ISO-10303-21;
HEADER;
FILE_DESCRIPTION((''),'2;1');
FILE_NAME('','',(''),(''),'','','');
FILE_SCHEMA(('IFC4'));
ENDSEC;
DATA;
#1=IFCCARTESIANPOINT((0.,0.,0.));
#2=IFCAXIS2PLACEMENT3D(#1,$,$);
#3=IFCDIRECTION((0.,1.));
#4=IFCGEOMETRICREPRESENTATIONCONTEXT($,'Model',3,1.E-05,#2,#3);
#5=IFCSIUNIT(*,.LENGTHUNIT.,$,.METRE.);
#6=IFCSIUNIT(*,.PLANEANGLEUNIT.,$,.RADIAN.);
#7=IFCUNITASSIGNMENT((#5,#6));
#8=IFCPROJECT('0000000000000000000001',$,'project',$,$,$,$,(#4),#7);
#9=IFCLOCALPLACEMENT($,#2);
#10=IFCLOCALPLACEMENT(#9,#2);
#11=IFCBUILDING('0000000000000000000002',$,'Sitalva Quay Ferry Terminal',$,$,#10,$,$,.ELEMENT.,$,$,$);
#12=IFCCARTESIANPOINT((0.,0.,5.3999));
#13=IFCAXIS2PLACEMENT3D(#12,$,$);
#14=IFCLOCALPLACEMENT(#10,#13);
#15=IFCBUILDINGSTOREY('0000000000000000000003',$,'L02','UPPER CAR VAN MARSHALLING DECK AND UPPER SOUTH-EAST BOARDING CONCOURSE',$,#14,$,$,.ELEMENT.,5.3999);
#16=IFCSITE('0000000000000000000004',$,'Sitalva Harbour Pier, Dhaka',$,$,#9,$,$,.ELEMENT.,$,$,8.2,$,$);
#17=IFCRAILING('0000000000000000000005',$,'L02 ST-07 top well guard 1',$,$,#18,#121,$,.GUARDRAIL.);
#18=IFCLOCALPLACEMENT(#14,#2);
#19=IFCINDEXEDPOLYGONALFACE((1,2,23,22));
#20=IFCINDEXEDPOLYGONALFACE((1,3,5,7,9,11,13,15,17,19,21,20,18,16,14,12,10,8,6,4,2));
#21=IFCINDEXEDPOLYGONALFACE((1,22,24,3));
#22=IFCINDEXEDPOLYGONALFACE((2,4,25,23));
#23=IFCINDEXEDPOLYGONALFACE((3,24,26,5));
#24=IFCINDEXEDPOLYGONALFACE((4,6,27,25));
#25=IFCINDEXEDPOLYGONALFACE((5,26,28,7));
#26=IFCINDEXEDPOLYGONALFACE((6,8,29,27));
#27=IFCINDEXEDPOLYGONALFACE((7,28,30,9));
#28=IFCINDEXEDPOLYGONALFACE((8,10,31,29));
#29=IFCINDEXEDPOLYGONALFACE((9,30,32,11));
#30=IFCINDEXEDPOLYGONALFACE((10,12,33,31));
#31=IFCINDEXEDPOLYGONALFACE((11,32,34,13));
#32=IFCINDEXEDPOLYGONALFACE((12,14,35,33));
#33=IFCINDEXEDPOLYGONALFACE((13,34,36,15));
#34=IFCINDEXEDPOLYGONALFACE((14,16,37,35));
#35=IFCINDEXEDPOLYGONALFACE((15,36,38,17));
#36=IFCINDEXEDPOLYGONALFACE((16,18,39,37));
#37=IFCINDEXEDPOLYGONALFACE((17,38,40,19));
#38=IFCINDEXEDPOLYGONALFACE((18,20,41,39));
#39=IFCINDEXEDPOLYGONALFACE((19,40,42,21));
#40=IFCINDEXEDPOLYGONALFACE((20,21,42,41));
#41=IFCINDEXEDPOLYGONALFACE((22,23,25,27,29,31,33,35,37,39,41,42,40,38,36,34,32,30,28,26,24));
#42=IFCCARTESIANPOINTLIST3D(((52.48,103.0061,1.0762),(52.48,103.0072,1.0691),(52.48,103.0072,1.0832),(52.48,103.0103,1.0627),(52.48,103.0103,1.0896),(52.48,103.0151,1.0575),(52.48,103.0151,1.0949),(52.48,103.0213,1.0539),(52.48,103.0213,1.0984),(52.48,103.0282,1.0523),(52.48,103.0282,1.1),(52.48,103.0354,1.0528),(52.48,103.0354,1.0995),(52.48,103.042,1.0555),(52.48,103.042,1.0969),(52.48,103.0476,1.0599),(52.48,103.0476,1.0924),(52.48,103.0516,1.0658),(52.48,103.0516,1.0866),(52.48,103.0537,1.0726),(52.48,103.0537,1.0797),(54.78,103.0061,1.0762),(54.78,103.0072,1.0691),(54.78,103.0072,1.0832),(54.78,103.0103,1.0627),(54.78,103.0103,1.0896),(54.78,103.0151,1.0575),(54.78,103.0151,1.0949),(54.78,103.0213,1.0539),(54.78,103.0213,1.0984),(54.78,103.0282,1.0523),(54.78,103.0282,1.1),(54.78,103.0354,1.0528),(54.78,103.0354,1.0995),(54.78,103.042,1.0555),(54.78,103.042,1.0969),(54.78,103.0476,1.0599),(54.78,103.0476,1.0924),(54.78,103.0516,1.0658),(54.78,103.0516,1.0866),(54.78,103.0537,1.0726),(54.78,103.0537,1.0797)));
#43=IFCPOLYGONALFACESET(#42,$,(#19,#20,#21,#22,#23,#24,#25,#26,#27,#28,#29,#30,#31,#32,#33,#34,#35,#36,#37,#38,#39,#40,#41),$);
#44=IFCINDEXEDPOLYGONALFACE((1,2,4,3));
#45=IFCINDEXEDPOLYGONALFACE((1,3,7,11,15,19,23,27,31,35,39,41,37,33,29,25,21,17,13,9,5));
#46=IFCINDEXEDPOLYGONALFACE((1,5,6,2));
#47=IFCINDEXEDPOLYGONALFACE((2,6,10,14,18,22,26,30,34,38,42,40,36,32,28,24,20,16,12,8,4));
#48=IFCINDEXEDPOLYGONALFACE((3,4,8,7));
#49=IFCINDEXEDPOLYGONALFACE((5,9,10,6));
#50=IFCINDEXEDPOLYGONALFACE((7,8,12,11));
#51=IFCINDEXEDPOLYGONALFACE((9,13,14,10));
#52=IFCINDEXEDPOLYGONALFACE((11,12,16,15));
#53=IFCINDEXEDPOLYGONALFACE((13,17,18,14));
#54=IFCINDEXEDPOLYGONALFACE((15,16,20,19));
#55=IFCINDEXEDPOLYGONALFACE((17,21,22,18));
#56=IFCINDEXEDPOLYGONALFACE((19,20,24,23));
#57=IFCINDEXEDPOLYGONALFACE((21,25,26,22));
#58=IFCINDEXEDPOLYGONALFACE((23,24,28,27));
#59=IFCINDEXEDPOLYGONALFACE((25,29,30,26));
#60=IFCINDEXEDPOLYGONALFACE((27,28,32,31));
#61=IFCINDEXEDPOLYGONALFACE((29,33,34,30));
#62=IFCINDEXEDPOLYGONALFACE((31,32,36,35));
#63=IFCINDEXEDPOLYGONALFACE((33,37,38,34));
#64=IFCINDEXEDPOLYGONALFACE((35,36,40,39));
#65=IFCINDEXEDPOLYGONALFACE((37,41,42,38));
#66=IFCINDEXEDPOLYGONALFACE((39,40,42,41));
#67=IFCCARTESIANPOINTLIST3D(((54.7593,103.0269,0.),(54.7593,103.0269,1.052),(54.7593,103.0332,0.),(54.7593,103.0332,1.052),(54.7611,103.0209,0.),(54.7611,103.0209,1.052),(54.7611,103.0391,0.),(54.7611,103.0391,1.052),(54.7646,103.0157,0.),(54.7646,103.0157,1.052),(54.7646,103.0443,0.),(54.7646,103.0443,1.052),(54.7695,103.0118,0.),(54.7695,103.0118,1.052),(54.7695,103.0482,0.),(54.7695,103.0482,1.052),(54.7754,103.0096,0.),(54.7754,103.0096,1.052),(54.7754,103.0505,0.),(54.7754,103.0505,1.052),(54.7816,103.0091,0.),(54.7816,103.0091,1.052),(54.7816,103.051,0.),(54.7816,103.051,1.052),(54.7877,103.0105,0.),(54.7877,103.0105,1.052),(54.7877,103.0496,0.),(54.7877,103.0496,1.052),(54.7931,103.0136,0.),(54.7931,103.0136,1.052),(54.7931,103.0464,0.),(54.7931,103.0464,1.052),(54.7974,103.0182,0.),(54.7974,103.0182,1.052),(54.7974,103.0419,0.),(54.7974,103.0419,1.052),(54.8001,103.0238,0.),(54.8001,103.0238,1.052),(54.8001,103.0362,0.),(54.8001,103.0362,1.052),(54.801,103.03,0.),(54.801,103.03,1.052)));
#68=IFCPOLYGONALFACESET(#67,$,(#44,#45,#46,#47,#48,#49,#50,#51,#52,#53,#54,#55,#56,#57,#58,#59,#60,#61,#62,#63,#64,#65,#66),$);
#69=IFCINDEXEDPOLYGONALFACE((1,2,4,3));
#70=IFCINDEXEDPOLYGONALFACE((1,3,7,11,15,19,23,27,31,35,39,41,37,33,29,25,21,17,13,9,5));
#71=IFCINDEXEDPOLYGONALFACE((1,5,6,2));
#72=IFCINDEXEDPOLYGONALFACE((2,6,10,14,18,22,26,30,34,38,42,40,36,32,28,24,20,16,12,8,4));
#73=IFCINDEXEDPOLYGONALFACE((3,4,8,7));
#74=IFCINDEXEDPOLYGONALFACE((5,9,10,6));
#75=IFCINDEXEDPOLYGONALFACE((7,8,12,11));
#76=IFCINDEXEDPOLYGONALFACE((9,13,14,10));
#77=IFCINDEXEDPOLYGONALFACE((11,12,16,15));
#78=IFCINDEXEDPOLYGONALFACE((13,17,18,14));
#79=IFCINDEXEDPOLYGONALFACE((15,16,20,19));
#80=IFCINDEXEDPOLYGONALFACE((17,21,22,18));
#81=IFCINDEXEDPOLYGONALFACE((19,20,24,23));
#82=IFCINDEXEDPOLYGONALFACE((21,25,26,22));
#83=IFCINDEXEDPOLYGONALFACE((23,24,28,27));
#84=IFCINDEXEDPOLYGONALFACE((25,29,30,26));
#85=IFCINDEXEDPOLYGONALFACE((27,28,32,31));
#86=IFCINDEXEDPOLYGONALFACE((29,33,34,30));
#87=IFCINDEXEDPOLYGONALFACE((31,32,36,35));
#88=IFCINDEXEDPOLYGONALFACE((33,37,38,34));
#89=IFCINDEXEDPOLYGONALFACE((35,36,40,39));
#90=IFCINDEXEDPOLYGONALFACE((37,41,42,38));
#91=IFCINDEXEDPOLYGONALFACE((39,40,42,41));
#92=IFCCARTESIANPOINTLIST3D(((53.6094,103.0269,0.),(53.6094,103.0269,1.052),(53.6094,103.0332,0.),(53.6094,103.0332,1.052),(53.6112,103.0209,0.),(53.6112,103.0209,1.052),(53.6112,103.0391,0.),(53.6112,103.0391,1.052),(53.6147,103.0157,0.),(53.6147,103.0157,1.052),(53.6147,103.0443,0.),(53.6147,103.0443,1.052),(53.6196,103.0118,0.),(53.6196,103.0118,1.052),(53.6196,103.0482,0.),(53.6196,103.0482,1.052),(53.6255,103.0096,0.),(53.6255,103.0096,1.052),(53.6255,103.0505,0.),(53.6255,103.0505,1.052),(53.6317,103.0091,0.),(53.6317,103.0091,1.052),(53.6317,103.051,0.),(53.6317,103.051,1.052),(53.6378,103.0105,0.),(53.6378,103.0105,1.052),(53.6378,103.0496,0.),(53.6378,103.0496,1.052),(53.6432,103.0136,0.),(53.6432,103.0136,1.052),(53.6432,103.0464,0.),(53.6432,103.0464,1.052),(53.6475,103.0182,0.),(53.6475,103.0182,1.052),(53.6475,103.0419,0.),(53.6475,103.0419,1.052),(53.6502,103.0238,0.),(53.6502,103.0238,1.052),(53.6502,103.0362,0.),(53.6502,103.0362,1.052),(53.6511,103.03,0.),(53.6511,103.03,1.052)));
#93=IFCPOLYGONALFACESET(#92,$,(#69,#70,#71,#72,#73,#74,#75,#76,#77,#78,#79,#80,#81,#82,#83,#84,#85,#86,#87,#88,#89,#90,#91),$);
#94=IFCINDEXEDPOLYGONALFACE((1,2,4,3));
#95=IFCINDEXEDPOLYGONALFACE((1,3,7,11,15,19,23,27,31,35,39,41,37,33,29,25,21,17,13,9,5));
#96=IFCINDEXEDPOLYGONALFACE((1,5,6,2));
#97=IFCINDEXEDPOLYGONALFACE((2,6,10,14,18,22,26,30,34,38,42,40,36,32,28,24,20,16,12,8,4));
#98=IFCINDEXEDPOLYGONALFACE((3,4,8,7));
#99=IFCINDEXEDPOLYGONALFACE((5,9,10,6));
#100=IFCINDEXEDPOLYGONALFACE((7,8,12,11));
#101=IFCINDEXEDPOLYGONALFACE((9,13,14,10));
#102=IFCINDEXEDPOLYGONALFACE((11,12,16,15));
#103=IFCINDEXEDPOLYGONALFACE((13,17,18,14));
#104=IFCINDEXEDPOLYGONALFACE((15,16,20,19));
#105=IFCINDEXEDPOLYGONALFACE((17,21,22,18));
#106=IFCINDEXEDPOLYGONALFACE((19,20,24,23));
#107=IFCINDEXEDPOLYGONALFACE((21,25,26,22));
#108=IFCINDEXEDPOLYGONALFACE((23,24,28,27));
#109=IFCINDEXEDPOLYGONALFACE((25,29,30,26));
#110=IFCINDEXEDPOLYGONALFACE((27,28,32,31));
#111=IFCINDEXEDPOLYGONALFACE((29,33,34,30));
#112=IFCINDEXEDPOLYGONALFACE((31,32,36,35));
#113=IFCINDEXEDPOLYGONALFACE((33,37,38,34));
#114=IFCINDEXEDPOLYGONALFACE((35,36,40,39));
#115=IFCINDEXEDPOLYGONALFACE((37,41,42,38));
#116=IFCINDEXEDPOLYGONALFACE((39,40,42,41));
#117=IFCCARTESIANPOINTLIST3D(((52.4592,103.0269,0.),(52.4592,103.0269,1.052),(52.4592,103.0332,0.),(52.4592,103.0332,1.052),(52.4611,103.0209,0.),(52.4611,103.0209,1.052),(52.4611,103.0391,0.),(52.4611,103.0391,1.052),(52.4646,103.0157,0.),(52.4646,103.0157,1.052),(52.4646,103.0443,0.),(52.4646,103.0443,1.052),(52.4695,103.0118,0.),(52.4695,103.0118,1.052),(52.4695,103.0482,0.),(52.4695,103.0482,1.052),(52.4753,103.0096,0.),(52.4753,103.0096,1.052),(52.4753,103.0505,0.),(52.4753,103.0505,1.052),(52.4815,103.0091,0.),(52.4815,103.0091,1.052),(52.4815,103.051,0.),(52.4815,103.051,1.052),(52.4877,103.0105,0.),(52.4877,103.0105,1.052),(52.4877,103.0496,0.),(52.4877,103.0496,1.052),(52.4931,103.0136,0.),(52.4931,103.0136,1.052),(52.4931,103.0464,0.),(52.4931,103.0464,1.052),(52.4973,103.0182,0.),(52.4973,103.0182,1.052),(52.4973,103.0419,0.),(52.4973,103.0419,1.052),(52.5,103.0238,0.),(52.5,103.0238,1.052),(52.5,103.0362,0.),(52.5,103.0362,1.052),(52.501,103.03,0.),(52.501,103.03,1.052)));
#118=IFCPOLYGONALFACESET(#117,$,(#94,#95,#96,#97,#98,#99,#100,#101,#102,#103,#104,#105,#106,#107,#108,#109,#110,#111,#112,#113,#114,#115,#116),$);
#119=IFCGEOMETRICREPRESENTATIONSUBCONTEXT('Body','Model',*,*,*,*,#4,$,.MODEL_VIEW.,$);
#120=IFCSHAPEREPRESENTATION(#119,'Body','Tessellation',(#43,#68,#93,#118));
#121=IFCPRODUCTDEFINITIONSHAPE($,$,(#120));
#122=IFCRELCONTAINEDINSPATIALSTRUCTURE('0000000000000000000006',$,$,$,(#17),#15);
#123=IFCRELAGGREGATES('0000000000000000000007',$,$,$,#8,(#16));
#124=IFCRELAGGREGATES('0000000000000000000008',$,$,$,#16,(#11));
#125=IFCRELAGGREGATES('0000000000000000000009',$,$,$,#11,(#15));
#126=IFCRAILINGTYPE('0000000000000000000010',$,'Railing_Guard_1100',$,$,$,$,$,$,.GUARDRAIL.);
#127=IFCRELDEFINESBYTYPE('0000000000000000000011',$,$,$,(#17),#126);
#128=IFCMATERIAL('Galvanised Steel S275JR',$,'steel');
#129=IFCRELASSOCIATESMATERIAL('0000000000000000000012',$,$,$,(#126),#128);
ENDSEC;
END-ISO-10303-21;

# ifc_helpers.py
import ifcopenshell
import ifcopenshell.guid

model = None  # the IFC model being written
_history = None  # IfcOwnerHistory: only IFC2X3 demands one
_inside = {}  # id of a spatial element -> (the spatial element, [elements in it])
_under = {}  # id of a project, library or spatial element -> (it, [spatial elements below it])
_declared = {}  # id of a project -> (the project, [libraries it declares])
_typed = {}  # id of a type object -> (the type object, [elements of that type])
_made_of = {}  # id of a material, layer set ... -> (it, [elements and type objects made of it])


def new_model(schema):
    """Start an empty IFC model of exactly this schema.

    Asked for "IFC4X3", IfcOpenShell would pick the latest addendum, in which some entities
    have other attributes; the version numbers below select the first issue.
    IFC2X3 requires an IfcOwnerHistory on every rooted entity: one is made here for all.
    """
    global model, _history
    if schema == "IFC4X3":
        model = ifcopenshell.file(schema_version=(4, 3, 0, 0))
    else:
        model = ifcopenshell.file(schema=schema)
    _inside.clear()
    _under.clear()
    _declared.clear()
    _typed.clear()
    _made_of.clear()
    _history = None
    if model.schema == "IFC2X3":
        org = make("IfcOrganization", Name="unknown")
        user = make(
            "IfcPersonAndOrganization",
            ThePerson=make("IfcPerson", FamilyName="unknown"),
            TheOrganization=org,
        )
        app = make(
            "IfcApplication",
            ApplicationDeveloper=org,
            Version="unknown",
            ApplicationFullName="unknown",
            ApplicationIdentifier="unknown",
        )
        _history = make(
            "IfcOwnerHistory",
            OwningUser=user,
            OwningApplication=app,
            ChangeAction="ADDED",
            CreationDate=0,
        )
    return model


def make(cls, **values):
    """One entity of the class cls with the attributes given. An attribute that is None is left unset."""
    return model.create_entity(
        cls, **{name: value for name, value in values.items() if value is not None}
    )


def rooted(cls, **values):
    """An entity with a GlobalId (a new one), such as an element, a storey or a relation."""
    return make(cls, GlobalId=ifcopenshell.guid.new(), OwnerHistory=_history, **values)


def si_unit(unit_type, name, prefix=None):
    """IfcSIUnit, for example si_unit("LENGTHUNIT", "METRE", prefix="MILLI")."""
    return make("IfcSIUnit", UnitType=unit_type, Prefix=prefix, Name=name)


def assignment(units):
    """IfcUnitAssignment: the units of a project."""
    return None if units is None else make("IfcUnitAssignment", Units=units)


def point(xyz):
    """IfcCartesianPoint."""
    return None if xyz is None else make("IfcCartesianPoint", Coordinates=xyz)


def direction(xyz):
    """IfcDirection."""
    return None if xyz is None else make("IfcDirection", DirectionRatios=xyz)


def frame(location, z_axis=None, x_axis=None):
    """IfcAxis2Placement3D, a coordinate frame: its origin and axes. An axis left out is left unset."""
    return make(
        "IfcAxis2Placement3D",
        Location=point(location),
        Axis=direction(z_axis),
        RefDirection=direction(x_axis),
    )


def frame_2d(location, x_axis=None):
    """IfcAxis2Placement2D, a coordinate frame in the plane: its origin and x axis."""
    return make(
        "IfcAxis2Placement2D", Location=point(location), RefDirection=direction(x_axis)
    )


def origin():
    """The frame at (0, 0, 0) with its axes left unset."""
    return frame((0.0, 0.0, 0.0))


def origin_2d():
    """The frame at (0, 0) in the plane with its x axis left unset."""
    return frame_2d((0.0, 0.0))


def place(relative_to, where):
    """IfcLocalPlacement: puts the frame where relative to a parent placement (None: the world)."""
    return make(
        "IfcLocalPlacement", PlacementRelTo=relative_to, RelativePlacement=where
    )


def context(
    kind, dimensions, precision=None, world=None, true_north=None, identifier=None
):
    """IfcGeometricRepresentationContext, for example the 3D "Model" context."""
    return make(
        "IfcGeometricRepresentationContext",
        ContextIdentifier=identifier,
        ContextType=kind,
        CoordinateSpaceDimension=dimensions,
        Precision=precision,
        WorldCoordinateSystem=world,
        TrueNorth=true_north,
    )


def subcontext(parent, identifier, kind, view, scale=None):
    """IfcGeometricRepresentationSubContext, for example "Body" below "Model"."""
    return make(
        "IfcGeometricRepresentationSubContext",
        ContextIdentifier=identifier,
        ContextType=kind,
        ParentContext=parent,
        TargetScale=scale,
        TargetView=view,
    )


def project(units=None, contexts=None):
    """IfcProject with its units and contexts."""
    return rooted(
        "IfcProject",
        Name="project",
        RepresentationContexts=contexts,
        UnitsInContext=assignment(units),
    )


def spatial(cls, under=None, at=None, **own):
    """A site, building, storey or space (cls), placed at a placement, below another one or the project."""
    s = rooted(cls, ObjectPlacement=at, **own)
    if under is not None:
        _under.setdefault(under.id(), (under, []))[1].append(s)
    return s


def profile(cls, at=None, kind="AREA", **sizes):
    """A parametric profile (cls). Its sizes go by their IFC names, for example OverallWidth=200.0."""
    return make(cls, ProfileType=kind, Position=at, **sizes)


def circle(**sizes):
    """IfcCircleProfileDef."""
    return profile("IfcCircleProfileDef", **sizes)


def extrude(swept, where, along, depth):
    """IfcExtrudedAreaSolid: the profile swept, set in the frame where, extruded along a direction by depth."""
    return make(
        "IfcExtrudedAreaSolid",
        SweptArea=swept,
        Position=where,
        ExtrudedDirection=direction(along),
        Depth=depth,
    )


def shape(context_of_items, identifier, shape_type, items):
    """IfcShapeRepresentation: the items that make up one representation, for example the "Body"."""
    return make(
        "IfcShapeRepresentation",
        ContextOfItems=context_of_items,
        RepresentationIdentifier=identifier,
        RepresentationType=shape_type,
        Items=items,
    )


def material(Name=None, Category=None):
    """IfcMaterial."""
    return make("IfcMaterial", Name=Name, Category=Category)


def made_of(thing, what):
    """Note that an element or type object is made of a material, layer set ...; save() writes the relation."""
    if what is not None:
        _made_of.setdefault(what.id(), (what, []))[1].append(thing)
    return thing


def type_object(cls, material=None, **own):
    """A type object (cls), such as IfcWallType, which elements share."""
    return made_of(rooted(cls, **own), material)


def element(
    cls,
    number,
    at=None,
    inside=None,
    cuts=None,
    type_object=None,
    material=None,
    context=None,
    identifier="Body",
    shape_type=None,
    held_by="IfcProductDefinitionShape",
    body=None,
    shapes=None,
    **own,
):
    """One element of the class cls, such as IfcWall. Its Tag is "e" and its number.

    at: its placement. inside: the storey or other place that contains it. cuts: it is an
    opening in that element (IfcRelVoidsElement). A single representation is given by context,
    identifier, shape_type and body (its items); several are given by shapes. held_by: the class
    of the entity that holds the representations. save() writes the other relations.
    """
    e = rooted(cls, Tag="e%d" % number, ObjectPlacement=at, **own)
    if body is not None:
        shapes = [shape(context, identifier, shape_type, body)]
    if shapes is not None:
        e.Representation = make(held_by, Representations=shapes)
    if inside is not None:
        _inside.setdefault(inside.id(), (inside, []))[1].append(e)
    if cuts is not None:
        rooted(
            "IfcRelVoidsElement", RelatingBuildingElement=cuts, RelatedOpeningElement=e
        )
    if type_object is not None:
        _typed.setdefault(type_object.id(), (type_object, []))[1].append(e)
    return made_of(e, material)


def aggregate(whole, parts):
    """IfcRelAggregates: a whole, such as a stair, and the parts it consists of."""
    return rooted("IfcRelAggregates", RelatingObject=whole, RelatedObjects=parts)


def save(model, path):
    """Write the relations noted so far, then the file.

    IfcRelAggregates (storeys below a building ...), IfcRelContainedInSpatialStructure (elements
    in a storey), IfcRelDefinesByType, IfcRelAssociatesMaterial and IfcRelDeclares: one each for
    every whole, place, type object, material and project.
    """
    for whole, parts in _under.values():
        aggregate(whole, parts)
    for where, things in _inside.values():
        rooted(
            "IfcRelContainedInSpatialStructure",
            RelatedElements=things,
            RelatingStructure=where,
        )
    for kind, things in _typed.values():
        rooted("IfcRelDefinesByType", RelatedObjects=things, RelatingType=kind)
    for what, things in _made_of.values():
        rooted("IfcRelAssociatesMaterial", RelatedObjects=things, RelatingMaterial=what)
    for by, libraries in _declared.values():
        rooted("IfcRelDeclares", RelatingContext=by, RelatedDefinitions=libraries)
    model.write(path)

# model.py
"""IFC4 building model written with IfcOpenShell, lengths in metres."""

from ifc_helpers import new_model, si_unit, direction, frame, origin, origin_2d, place, context, subcontext, project, spatial, circle, extrude, material, type_object, element, save


model = new_model("IFC4")

# Units and contexts
model_context = context("Model", 3, precision=1e-05, world=origin(), true_north=direction((0.0, 1.0)))
body_context = subcontext(model_context, "Body", "Model", "MODEL_VIEW")
ifc_project = project(units=[si_unit("LENGTHUNIT", "METRE"), si_unit("PLANEANGLEUNIT", "RADIAN")], contexts=[model_context])

# Site, building, storey
site_placement = place(None, origin())
site = spatial("IfcSite", under=ifc_project, at=site_placement, Name="Sitalva Harbour Pier, Dhaka", CompositionType="ELEMENT", RefElevation=8.2)
building_placement = place(site_placement, origin())
building = spatial("IfcBuilding", under=site, at=building_placement, Name="Sitalva Quay Ferry Terminal", CompositionType="ELEMENT")
storey_placement = place(building_placement, frame((0.0, 0.0, 5.3999)))
storey = spatial("IfcBuildingStorey", under=building, at=storey_placement, Name="L02", Description="UPPER CAR VAN MARSHALLING DECK AND UPPER SOUTH-EAST BOARDING CONCOURSE", CompositionType="ELEMENT", Elevation=5.3999)

# Railing
ifc_material_1 = material(Name="Galvanised Steel S275JR", Category="steel")
railing_type = type_object("IfcRailingType", Name="Railing_Guard_1100", PredefinedType="GUARDRAIL", material=ifc_material_1)
railing_placement = place(storey_placement, frame((54.78, 103.03, 0.0)))
element("IfcRailing", 1, at=railing_placement, inside=storey, type_object=railing_type, Name="L02 ST-07 top well guard 1", PredefinedType="GUARDRAIL", context=body_context, shape_type="SweptSolid", body=[
    extrude(circle(Radius=0.0239, at=origin_2d()), frame((0.0, 0.0, 1.0762), z_axis=(-1.0, 0.0, 0.0), x_axis=(0.0, -1.0, 0.0)), (0.0, 0.0, 1.0), 2.3),
    extrude(circle(Radius=0.021, at=origin_2d()), origin(), (0.0, 0.0, 1.0), 1.052),
    extrude(circle(Radius=0.021, at=origin_2d()), frame((-1.1499, 0.0, 0.0)), (0.0, 0.0, 1.0), 1.052),
    extrude(circle(Radius=0.021, at=origin_2d()), frame((-2.3, 0.0, 0.0)), (0.0, 0.0, 1.0), 1.052),
])

save(model, "model.ifc")
